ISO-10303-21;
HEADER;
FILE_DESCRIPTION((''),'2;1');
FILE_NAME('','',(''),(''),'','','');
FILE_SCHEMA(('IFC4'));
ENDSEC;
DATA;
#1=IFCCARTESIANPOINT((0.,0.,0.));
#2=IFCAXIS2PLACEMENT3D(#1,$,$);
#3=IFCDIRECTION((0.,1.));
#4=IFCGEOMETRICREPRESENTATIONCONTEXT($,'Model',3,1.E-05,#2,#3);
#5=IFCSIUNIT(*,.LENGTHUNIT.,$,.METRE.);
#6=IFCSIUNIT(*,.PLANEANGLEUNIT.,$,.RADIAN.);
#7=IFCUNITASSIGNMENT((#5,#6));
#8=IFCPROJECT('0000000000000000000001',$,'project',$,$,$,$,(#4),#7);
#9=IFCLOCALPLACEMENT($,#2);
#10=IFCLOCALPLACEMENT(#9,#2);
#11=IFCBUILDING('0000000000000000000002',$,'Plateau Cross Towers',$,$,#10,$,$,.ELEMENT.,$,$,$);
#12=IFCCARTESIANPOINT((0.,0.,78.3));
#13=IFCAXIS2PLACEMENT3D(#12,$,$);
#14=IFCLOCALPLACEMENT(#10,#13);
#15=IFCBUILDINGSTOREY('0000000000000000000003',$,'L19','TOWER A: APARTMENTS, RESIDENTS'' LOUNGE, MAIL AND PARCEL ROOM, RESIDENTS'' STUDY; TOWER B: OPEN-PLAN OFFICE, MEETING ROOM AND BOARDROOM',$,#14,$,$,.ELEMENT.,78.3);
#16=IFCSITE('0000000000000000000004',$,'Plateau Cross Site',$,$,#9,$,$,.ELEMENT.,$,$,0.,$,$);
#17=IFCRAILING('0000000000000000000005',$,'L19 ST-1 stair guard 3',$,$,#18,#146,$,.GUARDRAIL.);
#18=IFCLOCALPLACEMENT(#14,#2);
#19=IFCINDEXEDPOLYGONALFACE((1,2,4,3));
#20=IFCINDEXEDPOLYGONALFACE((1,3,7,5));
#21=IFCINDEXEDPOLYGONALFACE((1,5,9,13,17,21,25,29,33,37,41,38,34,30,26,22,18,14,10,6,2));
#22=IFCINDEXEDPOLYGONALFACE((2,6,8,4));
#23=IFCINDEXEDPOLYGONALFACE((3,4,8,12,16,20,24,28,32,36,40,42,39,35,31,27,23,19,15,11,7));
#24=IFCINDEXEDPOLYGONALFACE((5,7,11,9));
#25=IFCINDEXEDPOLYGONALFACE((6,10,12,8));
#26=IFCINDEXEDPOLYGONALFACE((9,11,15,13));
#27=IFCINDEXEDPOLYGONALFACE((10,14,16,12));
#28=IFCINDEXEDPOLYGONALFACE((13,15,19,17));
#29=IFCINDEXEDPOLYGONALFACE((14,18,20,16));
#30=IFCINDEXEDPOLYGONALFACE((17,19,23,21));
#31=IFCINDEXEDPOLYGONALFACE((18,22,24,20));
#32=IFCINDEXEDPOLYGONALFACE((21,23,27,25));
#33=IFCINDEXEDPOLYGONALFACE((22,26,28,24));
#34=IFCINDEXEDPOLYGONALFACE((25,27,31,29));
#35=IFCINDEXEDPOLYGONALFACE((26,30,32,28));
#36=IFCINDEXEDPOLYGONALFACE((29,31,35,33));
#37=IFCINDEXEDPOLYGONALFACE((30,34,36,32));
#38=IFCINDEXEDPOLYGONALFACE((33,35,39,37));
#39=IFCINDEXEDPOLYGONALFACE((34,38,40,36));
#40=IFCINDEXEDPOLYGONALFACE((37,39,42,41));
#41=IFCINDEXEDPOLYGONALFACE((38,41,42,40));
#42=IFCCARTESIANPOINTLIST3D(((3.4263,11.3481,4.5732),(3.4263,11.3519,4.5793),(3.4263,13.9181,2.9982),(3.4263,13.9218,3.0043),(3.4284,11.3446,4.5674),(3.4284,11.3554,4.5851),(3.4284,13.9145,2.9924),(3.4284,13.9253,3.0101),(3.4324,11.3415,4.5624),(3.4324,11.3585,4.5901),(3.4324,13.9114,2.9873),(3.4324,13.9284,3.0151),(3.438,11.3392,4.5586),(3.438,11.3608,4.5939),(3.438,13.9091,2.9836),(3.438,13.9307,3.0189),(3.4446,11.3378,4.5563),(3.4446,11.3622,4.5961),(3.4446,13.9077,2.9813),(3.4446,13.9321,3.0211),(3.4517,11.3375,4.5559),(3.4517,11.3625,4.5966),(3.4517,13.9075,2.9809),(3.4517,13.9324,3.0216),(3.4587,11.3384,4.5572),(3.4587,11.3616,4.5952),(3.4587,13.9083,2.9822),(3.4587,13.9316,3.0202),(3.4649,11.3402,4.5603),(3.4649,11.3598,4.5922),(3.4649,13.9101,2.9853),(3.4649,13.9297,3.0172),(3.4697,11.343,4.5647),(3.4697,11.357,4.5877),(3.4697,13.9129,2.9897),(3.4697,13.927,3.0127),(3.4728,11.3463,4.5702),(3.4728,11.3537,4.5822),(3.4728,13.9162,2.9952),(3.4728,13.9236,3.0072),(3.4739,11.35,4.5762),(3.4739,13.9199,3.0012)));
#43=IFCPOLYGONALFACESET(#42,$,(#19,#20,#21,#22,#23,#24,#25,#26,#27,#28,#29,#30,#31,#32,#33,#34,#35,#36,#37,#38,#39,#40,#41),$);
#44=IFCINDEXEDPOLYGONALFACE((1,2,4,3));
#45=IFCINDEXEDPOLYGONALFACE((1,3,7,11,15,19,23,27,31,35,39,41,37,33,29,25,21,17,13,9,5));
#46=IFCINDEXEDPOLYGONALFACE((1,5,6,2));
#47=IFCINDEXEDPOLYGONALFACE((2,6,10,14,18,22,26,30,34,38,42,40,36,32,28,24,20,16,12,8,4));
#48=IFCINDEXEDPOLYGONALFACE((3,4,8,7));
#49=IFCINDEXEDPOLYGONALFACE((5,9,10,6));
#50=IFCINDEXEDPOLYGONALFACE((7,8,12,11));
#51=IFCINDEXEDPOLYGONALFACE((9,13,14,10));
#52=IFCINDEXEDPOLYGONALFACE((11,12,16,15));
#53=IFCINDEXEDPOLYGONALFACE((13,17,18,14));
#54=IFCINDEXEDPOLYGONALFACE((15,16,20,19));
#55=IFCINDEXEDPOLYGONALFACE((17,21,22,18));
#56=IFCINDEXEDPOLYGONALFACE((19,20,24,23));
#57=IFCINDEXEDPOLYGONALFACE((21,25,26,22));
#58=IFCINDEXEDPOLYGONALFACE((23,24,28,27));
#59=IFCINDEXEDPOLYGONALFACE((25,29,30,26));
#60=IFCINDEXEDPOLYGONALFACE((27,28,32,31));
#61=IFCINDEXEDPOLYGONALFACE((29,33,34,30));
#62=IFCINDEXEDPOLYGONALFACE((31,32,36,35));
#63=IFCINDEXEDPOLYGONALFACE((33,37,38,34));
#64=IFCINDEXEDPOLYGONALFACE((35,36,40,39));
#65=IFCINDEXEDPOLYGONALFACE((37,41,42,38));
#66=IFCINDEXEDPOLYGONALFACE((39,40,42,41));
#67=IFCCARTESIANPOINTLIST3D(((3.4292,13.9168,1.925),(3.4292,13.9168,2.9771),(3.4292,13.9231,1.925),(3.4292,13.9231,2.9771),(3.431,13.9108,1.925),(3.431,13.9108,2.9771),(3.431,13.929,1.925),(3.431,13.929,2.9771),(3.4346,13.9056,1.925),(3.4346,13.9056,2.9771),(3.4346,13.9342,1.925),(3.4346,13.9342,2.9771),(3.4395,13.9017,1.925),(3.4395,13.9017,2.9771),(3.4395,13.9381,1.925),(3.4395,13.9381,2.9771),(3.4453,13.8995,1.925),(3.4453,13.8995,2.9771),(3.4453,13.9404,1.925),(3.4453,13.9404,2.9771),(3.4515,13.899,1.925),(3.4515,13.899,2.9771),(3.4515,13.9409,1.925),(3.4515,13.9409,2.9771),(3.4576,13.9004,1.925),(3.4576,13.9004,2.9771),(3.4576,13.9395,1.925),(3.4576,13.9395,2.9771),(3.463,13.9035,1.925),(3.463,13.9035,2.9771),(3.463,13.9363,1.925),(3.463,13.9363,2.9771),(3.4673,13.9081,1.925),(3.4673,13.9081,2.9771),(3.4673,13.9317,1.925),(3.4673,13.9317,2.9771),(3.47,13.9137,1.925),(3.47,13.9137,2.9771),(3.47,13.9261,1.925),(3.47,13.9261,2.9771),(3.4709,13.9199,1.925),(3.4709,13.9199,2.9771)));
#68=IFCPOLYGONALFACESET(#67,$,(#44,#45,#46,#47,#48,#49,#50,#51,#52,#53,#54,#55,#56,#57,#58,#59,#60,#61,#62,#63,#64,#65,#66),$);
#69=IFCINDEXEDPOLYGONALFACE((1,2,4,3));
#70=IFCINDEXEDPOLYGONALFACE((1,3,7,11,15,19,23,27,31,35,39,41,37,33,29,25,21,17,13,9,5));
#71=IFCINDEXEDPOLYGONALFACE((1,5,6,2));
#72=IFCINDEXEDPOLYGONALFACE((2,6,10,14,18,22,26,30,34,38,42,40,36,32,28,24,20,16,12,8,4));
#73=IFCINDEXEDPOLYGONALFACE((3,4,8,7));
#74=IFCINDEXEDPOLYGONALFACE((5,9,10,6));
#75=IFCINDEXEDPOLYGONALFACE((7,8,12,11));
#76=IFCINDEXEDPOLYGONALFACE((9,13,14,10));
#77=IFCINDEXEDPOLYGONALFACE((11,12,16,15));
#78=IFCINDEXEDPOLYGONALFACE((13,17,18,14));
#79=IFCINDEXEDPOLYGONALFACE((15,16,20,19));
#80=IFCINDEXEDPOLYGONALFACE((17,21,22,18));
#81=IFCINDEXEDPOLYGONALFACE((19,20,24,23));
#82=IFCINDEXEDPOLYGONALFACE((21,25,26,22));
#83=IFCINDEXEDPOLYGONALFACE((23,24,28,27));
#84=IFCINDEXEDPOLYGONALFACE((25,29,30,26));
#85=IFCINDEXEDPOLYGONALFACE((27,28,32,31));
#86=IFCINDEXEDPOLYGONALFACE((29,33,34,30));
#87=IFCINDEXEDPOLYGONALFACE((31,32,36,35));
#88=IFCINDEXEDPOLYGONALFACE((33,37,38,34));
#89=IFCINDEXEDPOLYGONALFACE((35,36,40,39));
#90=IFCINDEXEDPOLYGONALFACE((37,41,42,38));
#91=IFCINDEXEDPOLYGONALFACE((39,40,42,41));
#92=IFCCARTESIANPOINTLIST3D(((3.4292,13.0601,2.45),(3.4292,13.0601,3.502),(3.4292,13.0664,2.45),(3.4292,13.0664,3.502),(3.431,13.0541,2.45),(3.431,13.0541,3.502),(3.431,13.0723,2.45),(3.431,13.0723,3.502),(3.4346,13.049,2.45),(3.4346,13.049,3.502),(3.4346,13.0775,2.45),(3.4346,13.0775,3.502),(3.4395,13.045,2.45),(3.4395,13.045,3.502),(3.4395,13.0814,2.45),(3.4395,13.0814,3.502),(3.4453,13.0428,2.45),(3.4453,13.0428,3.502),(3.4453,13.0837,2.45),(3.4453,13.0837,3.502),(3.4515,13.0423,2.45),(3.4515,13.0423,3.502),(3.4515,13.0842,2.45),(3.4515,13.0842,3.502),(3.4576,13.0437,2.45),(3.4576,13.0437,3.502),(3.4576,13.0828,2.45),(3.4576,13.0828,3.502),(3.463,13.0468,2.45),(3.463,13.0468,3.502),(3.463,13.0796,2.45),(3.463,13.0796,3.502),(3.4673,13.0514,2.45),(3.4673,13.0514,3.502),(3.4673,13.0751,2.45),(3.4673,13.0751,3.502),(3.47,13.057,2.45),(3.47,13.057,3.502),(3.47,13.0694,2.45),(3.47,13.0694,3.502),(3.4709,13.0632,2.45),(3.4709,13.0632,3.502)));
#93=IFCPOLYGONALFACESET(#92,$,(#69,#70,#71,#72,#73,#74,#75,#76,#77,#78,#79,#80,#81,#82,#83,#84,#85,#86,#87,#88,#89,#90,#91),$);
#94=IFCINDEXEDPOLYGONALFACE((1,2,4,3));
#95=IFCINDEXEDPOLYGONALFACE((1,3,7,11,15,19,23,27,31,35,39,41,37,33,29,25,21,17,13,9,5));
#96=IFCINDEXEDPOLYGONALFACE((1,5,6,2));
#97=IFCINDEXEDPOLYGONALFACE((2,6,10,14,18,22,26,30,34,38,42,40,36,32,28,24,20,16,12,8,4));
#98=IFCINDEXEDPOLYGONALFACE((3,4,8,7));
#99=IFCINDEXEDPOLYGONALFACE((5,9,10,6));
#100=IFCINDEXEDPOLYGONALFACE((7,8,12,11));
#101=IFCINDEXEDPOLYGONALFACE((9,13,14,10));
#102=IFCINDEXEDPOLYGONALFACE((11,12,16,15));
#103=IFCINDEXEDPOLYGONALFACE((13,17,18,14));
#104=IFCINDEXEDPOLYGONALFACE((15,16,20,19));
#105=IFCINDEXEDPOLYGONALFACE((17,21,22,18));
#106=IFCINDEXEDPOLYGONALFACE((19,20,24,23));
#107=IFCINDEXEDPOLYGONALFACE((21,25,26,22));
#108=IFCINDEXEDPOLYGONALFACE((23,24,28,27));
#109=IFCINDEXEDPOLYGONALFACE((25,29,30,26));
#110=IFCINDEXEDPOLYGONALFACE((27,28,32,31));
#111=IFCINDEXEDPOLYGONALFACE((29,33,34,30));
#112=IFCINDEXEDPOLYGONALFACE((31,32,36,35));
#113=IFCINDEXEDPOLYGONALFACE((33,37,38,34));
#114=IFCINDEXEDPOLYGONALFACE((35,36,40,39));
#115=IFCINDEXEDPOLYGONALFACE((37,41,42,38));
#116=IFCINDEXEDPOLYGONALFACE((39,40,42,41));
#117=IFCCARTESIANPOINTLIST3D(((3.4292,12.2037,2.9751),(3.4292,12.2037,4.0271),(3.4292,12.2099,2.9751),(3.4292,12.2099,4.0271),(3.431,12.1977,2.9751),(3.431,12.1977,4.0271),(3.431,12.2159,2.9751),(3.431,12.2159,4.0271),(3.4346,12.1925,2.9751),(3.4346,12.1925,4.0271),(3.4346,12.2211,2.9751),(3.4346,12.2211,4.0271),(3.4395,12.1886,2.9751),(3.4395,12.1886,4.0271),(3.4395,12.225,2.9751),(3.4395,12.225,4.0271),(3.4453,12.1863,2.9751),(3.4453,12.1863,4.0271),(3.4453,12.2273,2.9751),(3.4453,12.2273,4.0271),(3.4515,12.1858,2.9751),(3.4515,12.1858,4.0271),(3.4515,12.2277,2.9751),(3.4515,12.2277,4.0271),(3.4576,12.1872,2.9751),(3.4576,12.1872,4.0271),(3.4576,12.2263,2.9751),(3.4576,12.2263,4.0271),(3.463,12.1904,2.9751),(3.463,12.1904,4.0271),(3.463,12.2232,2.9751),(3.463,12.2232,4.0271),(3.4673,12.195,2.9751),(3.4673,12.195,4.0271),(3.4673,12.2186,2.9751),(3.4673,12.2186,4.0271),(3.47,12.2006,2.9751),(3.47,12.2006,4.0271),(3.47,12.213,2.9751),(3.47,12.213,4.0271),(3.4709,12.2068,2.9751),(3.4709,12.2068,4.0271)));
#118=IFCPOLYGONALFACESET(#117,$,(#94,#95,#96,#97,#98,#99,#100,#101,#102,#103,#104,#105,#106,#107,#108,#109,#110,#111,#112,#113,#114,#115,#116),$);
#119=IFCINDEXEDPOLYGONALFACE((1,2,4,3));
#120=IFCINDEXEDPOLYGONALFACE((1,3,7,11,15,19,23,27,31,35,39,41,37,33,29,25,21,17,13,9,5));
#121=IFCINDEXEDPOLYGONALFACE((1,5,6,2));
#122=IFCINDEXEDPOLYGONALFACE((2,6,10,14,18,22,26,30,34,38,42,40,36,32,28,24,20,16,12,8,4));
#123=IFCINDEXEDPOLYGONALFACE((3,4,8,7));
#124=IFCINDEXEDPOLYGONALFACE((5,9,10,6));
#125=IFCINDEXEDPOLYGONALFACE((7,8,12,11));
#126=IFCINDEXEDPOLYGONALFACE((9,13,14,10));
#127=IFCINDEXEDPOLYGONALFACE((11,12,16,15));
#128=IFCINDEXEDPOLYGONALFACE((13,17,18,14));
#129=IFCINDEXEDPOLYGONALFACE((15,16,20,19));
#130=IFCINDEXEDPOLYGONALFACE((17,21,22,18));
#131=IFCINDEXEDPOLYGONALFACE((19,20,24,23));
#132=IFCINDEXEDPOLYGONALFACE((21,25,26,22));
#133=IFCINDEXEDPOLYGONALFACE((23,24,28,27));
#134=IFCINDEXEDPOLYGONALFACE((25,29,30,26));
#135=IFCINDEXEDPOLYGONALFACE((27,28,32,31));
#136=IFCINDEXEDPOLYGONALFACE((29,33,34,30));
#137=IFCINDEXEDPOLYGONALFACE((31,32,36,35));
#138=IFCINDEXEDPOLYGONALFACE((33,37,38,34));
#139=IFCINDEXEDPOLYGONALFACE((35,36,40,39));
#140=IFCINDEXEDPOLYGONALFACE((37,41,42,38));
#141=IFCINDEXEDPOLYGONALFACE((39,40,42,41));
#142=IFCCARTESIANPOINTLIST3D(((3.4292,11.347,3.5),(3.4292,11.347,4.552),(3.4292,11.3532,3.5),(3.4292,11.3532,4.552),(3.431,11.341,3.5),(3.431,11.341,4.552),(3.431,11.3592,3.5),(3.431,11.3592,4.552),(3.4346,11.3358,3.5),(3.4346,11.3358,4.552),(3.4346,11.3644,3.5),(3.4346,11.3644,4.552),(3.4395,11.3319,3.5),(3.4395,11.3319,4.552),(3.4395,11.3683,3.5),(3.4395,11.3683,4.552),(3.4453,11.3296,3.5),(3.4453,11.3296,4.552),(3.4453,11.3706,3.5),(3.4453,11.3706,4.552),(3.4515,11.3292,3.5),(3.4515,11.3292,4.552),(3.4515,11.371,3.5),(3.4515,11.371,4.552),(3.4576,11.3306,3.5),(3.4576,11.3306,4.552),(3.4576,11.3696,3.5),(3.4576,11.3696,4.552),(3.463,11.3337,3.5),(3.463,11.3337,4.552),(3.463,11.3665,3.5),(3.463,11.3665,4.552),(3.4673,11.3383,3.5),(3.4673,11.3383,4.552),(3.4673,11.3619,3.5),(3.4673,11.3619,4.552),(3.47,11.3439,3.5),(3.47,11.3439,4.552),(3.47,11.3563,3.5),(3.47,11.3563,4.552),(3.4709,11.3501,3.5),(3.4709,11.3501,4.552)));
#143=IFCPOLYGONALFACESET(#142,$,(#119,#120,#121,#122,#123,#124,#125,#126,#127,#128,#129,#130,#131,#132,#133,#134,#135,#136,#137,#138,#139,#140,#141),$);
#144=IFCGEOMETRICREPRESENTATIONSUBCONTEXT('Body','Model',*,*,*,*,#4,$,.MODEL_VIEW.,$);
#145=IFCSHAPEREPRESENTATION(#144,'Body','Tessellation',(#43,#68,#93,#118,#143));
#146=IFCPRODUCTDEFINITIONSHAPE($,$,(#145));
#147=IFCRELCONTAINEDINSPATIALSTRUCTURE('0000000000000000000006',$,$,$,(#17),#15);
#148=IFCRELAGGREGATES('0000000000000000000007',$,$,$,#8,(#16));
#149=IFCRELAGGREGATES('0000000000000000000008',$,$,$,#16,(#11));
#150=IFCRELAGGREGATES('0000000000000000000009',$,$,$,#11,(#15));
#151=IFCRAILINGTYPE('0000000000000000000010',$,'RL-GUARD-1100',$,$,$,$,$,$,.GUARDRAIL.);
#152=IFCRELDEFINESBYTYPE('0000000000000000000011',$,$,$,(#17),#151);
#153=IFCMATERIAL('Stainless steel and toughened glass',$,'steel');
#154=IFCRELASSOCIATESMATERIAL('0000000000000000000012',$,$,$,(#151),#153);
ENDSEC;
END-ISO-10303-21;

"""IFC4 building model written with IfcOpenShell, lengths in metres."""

from ifc_helpers import new_model, si_unit, direction, frame, origin, origin_2d, place, context, subcontext, project, spatial, circle, extrude, material, type_object, element, save


model = new_model("IFC4")

# Units and contexts
model_context = context("Model", 3, precision=1e-05, world=origin(), true_north=direction((0.0, 1.0)))
body_context = subcontext(model_context, "Body", "Model", "MODEL_VIEW")
ifc_project = project(units=[si_unit("LENGTHUNIT", "METRE"), si_unit("PLANEANGLEUNIT", "RADIAN")], contexts=[model_context])

# Site, building, storey
site_placement = place(None, origin())
site = spatial("IfcSite", under=ifc_project, at=site_placement, Name="Plateau Cross Site", CompositionType="ELEMENT", RefElevation=0.0)
building_placement = place(site_placement, origin())
building = spatial("IfcBuilding", under=site, at=building_placement, Name="Plateau Cross Towers", CompositionType="ELEMENT")
storey_placement = place(building_placement, frame((0.0, 0.0, 78.3)))
storey = spatial("IfcBuildingStorey", under=building, at=storey_placement, Name="L19", Description="TOWER A: APARTMENTS, RESIDENTS' LOUNGE, MAIL AND PARCEL ROOM, RESIDENTS' STUDY; TOWER B: OPEN-PLAN OFFICE, MEETING ROOM AND BOARDROOM", CompositionType="ELEMENT", Elevation=78.3)

# Railing
ifc_material_1 = material(Name="Stainless steel and toughened glass", Category="steel")
railing_type_1 = type_object("IfcRailingType", Name="RL-GUARD-1100", PredefinedType="GUARDRAIL", material=ifc_material_1)
railing_1_placement = place(storey_placement, frame((3.45, 13.9199, 1.925)))
element("IfcRailing", 1, at=railing_1_placement, inside=storey, type_object=railing_type_1, Name="L19 ST-1 stair guard 3", PredefinedType="GUARDRAIL", context=body_context, shape_type="SweptSolid", body=[
    extrude(circle(Radius=0.0239, at=origin_2d()), frame((0.0, 0.0, 1.0762), z_axis=(0.0, -0.852616, 0.522537), x_axis=(1.0, 0.0, 0.0)), (0.0, 0.0, 1.0), 3.0142),
    extrude(circle(Radius=0.021, at=origin_2d()), origin(), (0.0, 0.0, 1.0), 1.052),
    extrude(circle(Radius=0.021, at=origin_2d()), frame((0.0, -0.8567, 0.5249)), (0.0, 0.0, 1.0), 1.052),
    extrude(circle(Radius=0.021, at=origin_2d()), frame((0.0, -1.7131, 1.05)), (0.0, 0.0, 1.0), 1.052),
    extrude(circle(Radius=0.021, at=origin_2d()), frame((0.0, -2.5698, 1.575)), (0.0, 0.0, 1.0), 1.052),
])

save(model, "model.ifc")
